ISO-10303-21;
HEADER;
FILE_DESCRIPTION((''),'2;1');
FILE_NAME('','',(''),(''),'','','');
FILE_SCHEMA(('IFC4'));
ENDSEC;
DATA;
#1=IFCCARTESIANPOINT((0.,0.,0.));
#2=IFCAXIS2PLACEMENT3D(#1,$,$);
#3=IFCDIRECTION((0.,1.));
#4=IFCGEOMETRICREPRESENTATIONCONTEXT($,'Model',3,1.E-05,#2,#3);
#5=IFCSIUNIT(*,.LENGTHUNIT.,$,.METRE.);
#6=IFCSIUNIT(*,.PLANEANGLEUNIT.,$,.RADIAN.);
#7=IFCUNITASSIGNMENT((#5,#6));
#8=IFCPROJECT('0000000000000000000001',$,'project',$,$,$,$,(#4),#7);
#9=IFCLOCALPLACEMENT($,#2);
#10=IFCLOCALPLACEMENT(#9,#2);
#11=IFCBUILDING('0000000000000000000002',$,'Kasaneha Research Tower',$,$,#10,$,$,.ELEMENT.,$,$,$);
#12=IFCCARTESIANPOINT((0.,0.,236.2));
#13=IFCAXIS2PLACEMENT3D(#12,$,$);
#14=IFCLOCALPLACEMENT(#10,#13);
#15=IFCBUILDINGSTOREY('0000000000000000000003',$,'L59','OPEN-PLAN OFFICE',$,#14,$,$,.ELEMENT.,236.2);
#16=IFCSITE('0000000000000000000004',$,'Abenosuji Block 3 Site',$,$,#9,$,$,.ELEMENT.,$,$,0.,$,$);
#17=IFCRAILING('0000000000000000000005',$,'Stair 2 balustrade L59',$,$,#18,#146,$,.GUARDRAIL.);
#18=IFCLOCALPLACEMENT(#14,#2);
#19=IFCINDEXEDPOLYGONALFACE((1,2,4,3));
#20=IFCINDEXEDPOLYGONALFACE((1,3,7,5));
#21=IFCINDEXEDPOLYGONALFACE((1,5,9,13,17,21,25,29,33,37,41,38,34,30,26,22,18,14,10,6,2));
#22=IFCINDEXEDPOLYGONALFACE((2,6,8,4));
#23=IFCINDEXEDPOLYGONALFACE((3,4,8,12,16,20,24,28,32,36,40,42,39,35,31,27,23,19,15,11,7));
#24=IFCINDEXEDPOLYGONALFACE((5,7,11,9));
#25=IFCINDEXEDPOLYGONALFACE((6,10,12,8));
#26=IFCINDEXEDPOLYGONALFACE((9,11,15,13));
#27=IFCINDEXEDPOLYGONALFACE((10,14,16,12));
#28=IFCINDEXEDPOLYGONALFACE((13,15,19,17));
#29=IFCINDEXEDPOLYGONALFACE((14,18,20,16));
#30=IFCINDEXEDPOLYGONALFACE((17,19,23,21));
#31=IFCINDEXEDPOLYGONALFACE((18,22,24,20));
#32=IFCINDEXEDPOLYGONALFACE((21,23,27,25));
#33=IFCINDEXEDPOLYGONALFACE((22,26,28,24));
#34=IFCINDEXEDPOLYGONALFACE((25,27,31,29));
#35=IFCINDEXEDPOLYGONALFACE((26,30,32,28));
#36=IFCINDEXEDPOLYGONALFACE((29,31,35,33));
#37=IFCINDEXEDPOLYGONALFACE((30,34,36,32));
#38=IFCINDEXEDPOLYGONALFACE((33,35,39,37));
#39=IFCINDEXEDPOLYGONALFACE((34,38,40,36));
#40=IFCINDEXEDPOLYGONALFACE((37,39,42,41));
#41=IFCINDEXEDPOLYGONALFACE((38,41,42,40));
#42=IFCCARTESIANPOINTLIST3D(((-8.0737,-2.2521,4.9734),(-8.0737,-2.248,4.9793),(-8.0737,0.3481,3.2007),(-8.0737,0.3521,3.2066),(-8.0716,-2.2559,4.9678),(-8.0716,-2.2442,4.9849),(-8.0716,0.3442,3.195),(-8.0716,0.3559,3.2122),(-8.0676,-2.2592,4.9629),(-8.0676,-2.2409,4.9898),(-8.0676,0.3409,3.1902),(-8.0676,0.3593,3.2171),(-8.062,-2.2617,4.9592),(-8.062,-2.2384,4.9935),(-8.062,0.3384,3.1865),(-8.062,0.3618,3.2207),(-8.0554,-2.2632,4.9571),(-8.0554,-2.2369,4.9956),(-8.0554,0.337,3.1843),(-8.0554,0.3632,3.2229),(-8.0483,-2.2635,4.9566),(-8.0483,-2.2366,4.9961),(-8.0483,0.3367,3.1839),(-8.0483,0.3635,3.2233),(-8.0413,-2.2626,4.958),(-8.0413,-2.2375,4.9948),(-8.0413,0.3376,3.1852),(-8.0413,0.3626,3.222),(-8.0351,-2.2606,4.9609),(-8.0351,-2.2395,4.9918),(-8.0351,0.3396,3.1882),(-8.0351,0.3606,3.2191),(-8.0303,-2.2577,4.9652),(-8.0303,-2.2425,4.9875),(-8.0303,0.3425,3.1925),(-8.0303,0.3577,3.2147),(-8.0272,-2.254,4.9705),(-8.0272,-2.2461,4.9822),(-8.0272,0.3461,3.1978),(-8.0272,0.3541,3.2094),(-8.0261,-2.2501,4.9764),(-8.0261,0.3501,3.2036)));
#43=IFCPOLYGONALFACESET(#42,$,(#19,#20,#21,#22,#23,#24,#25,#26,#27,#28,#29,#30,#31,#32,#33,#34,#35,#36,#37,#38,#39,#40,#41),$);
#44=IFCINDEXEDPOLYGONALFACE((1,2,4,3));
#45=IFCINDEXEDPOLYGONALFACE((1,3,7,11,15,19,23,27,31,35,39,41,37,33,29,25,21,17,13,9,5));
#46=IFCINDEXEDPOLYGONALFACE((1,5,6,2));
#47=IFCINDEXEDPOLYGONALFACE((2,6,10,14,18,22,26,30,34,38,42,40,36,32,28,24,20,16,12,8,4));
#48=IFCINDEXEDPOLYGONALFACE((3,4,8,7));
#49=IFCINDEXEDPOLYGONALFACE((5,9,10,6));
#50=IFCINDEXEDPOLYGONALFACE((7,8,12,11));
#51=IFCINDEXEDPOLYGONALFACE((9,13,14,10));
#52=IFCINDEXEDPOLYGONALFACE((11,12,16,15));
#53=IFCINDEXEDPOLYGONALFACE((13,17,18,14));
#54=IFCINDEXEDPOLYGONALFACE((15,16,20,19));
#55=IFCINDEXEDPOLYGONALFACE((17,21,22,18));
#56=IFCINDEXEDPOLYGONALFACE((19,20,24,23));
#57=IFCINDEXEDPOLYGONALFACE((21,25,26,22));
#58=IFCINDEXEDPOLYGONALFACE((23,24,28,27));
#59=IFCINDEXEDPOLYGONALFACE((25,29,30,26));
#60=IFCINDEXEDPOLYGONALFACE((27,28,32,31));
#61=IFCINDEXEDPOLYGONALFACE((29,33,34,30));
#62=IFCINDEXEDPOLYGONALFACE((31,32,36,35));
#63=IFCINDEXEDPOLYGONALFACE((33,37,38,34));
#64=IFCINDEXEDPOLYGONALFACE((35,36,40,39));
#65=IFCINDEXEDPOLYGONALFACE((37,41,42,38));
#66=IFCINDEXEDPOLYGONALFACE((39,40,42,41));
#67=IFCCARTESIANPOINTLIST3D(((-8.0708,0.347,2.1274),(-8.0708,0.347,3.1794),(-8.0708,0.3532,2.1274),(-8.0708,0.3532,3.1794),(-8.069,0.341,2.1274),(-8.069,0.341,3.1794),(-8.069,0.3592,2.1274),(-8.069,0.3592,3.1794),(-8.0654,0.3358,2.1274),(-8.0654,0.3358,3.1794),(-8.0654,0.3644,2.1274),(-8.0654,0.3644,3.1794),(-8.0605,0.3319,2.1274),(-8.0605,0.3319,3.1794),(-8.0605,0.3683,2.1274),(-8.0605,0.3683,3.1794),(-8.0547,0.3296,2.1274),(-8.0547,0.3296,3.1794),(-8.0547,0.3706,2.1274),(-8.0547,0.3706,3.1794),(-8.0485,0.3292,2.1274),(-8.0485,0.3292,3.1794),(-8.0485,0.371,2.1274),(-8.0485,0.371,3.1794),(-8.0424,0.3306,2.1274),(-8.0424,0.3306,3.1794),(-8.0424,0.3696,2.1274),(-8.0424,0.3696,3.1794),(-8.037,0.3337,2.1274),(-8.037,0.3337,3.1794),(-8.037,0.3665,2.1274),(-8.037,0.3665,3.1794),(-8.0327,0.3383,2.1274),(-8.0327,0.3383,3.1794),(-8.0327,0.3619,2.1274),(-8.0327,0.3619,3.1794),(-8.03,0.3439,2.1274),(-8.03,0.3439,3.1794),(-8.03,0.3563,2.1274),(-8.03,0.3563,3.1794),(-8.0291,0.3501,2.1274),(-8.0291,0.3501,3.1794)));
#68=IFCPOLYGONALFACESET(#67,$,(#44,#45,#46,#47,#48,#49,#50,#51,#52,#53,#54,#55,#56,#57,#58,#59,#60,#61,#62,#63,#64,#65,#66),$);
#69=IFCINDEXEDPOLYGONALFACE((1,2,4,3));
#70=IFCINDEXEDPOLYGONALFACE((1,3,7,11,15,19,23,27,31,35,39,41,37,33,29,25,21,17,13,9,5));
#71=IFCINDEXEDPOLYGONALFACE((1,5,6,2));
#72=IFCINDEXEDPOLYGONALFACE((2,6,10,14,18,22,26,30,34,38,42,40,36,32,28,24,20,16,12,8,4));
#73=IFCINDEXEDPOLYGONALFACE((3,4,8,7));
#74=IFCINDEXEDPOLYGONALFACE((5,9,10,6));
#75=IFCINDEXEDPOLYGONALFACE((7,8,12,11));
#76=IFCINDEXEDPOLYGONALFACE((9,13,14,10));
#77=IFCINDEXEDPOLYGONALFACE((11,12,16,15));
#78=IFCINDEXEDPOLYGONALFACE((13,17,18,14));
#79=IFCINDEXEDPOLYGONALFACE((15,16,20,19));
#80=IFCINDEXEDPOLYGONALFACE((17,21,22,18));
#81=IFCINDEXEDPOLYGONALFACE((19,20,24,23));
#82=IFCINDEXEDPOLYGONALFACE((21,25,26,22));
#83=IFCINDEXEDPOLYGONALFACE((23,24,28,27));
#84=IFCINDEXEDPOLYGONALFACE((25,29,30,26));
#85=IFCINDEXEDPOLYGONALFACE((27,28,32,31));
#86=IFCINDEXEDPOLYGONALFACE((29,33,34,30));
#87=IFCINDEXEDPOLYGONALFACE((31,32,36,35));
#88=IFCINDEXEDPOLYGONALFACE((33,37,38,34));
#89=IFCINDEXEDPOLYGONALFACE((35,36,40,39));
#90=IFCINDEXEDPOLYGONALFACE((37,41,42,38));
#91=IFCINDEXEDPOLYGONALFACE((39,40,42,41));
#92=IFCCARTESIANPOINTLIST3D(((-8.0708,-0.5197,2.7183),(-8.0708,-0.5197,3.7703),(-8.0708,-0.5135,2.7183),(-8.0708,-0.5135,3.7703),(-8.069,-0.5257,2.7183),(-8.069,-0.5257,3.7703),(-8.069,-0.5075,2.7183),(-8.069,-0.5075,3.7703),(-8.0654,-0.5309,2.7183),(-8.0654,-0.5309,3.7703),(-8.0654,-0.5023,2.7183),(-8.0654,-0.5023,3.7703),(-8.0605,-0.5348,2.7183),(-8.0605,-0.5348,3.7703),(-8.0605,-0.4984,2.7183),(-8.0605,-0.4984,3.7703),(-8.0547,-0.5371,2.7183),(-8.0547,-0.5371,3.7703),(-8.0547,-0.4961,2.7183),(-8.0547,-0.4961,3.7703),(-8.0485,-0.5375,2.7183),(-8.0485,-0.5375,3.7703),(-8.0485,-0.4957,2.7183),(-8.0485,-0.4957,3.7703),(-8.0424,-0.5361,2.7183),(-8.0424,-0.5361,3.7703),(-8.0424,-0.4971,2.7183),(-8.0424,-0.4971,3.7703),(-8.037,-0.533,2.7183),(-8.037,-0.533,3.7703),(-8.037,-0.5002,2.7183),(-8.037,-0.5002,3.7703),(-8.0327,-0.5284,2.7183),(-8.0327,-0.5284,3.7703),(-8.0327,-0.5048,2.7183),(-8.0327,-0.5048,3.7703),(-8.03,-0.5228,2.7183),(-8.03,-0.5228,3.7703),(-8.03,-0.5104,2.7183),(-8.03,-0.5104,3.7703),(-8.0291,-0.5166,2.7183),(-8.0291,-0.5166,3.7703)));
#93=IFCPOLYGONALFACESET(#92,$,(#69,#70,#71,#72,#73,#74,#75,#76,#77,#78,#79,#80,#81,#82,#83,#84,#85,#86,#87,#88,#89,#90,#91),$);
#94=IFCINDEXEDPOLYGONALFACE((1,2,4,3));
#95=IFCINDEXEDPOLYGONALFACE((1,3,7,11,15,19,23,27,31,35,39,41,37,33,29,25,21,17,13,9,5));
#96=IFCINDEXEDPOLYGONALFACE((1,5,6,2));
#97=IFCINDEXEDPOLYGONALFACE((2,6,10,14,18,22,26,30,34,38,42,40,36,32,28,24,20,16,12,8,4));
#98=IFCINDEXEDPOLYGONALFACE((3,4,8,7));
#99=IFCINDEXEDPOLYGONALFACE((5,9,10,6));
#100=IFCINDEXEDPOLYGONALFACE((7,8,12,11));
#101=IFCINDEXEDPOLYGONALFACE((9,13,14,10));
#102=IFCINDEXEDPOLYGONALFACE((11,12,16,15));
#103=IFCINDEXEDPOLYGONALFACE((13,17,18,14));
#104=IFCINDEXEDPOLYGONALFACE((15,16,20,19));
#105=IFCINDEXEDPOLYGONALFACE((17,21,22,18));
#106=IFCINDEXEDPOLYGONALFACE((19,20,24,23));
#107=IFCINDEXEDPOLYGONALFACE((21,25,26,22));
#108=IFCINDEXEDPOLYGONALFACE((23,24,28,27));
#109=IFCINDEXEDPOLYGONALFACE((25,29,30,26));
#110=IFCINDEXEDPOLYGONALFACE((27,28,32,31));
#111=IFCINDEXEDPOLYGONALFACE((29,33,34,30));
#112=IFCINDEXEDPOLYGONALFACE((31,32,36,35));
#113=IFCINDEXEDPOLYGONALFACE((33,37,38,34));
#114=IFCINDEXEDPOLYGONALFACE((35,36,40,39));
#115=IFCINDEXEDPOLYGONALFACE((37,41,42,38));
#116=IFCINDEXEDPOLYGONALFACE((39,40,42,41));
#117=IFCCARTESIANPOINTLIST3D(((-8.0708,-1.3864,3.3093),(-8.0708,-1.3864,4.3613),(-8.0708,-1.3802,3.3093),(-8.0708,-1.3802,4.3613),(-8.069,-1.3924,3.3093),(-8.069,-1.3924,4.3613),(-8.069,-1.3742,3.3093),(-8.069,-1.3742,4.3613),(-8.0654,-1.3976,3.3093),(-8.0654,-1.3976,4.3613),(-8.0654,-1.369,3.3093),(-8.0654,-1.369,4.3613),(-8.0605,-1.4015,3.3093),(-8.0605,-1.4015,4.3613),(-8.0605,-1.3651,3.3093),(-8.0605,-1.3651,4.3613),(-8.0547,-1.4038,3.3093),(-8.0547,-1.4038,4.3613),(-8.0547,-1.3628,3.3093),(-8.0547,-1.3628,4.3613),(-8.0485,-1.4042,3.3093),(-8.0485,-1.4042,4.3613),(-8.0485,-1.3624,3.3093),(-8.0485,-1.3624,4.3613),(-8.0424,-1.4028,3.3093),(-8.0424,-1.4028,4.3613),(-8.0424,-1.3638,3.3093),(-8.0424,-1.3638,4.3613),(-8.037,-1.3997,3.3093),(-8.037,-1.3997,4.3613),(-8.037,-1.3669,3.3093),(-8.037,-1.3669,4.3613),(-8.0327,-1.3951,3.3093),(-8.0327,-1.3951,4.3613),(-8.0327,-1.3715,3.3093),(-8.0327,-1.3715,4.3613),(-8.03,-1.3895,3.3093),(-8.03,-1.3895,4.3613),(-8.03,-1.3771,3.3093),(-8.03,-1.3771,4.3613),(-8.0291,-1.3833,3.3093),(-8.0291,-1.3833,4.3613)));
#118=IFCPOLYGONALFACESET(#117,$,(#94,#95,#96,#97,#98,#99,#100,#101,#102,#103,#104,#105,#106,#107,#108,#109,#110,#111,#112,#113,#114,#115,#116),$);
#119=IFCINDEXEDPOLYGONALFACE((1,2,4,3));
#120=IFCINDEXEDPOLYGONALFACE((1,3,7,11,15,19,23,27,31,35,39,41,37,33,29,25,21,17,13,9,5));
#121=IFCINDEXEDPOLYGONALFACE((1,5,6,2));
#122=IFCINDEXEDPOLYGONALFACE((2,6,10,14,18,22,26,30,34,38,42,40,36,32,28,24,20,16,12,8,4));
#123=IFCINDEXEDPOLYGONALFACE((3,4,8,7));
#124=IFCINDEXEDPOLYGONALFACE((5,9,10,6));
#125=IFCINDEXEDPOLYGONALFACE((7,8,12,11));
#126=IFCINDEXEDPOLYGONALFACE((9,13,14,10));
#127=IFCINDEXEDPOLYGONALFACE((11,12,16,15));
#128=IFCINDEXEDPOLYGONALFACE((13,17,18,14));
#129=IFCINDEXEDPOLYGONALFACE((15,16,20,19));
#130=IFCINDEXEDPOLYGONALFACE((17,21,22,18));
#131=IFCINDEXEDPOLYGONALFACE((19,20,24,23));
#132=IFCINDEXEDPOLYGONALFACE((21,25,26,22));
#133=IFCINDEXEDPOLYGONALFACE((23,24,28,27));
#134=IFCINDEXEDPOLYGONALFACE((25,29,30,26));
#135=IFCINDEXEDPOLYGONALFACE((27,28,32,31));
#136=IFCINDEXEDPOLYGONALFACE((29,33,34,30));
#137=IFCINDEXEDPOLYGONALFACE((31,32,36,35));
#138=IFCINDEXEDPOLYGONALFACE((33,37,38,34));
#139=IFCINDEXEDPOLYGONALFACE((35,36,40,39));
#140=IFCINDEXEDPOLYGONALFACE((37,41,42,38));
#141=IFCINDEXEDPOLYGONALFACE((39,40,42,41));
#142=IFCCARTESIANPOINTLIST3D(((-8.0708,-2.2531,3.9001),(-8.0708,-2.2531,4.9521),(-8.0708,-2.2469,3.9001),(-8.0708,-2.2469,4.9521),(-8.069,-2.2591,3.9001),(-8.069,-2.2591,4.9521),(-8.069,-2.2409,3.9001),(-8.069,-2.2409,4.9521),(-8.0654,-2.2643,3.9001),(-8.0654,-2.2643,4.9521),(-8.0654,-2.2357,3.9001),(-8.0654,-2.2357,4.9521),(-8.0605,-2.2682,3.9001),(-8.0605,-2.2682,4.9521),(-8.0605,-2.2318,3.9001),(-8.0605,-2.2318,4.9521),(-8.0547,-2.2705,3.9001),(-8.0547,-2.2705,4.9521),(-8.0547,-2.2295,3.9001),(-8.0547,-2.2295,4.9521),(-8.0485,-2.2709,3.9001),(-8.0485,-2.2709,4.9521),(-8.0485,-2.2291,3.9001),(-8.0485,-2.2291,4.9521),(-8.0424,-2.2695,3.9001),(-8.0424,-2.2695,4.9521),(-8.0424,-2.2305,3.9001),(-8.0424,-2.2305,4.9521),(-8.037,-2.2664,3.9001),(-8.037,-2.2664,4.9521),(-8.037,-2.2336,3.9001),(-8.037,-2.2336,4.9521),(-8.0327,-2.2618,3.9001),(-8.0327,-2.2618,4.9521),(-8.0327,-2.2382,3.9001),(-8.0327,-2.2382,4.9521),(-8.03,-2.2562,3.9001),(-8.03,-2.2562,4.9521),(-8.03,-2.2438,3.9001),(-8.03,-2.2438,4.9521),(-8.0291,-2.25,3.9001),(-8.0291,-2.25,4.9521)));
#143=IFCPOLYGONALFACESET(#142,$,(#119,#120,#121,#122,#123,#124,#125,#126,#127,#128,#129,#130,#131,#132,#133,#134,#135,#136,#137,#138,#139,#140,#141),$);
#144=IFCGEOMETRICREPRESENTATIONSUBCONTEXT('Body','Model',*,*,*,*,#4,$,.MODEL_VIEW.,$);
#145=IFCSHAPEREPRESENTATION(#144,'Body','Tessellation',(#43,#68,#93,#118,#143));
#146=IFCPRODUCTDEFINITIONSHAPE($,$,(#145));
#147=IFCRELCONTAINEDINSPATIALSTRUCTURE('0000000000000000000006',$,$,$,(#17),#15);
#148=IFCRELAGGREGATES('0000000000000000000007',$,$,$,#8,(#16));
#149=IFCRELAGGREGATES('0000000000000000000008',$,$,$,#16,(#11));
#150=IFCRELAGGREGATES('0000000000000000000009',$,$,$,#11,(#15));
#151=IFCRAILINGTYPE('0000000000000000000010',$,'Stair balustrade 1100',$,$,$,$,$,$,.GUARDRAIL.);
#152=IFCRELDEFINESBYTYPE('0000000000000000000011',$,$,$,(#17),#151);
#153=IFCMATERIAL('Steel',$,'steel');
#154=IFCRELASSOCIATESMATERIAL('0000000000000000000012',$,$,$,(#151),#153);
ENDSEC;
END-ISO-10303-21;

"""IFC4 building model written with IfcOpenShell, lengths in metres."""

from ifc_helpers import new_model, si_unit, direction, frame, origin, origin_2d, place, context, subcontext, project, spatial, circle, extrude, material, type_object, element, save


model = new_model("IFC4")

# Units and contexts
model_context = context("Model", 3, precision=1e-05, world=origin(), true_north=direction((0.0, 1.0)))
body_context = subcontext(model_context, "Body", "Model", "MODEL_VIEW")
ifc_project = project(units=[si_unit("LENGTHUNIT", "METRE"), si_unit("PLANEANGLEUNIT", "RADIAN")], contexts=[model_context])

# Site, building, storey
site_placement = place(None, origin())
site = spatial("IfcSite", under=ifc_project, at=site_placement, Name="Abenosuji Block 3 Site", CompositionType="ELEMENT", RefElevation=0.0)
building_placement = place(site_placement, origin())
building = spatial("IfcBuilding", under=site, at=building_placement, Name="Kasaneha Research Tower", CompositionType="ELEMENT")
storey_placement = place(building_placement, frame((0.0, 0.0, 236.2)))
storey = spatial("IfcBuildingStorey", under=building, at=storey_placement, Name="L59", Description="OPEN-PLAN OFFICE", CompositionType="ELEMENT", Elevation=236.2)

# Railing
ifc_material_1 = material(Name="Steel", Category="steel")
railing_type_1 = type_object("IfcRailingType", Name="Stair balustrade 1100", PredefinedType="GUARDRAIL", material=ifc_material_1)
railing_1_placement = place(storey_placement, frame((-8.05, 0.3501, 2.1274)))
element("IfcRailing", 1, at=railing_1_placement, inside=storey, type_object=railing_type_1, Name="Stair 2 balustrade L59", PredefinedType="GUARDRAIL", context=body_context, shape_type="SweptSolid", body=[
    extrude(circle(Radius=0.0239, at=origin_2d()), frame((0.0, 0.0, 1.0762), z_axis=(0.0, -0.82624, 0.563318), x_axis=(1.0, 0.0, 0.0)), (0.0, 0.0, 1.0), 3.147),
    extrude(circle(Radius=0.021, at=origin_2d()), origin(), (0.0, 0.0, 1.0), 1.052),
    extrude(circle(Radius=0.021, at=origin_2d()), frame((0.0, -0.8667, 0.5908)), (0.0, 0.0, 1.0), 1.052),
    extrude(circle(Radius=0.021, at=origin_2d()), frame((0.0, -1.7334, 1.1819)), (0.0, 0.0, 1.0), 1.052),
    extrude(circle(Radius=0.021, at=origin_2d()), frame((0.0, -2.6001, 1.7727)), (0.0, 0.0, 1.0), 1.052),
])

save(model, "model.ifc")
